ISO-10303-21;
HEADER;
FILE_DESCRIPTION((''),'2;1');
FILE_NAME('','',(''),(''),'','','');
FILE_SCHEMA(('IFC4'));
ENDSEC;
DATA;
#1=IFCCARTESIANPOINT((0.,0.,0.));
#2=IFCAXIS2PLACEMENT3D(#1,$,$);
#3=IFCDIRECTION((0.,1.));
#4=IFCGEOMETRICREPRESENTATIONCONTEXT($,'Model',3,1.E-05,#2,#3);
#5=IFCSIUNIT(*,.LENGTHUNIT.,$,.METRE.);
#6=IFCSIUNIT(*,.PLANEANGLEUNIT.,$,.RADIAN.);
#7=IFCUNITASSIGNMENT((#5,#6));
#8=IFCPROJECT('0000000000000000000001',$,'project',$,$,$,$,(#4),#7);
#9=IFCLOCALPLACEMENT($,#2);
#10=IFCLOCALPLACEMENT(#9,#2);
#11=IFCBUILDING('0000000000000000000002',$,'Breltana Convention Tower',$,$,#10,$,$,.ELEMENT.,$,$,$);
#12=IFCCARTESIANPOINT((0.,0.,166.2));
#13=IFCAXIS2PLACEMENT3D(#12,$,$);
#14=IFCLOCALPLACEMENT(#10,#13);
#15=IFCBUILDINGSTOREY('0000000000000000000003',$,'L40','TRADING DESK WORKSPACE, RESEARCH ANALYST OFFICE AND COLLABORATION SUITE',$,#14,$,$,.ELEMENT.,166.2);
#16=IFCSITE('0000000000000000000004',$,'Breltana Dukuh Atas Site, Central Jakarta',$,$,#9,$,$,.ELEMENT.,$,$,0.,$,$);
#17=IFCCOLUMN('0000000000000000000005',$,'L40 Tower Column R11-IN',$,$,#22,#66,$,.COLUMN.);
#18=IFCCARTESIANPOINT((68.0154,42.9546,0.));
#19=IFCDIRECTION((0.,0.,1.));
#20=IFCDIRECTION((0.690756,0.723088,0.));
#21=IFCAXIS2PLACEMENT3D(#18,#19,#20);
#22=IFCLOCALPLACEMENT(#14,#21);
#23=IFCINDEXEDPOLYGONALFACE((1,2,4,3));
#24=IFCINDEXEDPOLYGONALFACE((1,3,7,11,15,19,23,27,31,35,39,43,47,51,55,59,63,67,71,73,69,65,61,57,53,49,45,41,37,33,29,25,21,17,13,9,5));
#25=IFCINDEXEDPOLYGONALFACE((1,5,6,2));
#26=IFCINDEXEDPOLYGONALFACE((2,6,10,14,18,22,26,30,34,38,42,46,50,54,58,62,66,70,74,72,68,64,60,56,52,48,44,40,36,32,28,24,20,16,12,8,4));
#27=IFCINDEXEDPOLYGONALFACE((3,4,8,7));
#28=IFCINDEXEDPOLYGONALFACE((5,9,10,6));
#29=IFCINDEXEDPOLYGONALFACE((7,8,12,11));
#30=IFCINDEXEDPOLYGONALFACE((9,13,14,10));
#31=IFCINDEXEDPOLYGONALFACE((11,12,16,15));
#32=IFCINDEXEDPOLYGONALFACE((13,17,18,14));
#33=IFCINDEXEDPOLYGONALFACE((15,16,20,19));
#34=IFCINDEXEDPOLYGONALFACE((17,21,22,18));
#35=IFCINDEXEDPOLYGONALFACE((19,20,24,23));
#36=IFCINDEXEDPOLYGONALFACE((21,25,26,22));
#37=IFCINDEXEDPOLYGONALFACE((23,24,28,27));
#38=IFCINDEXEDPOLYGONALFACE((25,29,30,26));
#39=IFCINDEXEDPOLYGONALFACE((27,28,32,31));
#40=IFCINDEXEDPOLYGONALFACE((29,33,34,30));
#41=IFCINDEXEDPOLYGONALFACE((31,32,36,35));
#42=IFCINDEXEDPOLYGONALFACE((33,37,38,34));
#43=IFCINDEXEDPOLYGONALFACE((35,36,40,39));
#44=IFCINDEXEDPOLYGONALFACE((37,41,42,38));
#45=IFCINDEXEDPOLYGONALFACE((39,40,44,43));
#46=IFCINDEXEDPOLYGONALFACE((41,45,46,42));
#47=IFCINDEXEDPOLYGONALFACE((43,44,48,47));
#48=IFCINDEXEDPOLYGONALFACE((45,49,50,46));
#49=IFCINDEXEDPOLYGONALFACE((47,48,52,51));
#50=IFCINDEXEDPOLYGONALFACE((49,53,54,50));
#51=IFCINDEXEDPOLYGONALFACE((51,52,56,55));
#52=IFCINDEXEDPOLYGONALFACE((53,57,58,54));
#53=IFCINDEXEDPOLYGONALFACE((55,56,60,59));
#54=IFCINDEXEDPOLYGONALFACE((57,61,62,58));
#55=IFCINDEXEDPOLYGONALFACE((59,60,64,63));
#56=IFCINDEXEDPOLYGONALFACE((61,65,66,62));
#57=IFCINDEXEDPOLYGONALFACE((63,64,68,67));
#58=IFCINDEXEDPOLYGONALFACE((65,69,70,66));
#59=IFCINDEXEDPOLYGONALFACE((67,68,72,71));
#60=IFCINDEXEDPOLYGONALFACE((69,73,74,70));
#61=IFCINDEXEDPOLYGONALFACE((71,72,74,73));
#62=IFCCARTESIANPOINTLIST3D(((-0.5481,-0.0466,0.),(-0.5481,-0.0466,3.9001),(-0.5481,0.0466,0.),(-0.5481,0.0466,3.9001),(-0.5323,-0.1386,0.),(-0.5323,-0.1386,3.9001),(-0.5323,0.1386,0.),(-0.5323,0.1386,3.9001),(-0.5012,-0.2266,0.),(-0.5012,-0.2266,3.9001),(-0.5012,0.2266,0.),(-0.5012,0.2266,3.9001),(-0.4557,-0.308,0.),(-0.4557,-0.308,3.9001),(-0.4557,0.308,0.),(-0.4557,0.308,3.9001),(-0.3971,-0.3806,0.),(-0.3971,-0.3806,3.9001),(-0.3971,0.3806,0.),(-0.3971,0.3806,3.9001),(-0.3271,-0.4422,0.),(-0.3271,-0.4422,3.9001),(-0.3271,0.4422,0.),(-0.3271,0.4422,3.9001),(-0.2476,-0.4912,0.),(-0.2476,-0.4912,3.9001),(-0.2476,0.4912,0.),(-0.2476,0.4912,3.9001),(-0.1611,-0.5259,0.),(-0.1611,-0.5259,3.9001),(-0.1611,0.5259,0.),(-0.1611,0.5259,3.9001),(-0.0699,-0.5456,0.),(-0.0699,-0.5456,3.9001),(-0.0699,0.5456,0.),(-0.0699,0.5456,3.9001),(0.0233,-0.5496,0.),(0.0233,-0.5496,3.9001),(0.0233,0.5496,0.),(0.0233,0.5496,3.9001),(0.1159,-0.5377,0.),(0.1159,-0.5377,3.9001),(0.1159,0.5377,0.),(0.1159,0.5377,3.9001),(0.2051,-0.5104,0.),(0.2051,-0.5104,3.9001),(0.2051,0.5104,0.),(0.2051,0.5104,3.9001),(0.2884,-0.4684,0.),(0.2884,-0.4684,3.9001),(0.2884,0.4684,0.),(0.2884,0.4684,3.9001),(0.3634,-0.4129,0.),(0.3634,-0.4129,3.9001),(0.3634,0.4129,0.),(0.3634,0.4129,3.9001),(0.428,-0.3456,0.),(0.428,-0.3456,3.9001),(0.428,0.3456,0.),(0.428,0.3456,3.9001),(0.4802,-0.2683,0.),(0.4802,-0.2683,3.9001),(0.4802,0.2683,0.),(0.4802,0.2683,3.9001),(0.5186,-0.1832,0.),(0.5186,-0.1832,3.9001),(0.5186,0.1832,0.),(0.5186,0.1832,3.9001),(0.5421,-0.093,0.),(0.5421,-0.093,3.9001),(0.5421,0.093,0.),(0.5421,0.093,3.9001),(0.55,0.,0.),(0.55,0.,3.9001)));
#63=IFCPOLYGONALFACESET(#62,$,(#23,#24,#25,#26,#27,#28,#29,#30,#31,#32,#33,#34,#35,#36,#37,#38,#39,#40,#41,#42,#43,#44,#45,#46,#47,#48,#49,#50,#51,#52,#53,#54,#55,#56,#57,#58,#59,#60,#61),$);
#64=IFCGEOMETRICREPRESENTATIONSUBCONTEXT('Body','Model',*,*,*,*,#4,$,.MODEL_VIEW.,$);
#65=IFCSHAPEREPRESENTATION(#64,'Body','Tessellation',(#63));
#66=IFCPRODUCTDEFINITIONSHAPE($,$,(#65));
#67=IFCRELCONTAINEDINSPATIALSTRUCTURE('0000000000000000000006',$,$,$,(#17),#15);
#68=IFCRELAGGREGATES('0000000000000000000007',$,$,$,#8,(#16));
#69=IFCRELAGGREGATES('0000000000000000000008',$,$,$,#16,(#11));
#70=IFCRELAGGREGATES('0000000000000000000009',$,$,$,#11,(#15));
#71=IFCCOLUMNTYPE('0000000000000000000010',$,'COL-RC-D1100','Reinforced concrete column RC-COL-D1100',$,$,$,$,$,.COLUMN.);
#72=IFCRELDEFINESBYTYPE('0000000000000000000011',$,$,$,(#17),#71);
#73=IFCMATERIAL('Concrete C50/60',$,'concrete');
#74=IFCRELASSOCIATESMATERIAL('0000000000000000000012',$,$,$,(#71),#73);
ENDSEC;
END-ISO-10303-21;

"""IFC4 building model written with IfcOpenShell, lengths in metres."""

from ifc_helpers import new_model, si_unit, direction, frame, origin, origin_2d, place, context, subcontext, project, spatial, circle, extrude, source, transform, mapped, material, material_profile, profile_set, type_object, element, save


model = new_model("IFC4")

# Units and contexts
model_context = context("Model", 3, precision=1e-05, world=origin(), true_north=direction((0.0, 1.0)))
body_context = subcontext(model_context, "Body", "Model", "MODEL_VIEW")
ifc_project = project(units=[si_unit("LENGTHUNIT", "METRE"), si_unit("PLANEANGLEUNIT", "RADIAN")], contexts=[model_context])

# Site, building, storey
site_placement = place(None, origin())
site = spatial("IfcSite", under=ifc_project, at=site_placement, Name="Breltana Dukuh Atas Site, Central Jakarta", CompositionType="ELEMENT", RefElevation=0.0)
building_placement = place(site_placement, origin())
building = spatial("IfcBuilding", under=site, at=building_placement, Name="Breltana Convention Tower", CompositionType="ELEMENT")
storey_placement = place(building_placement, frame((0.0, 0.0, 166.2)))
storey = spatial("IfcBuildingStorey", under=building, at=storey_placement, Name="L40", Description="TRADING DESK WORKSPACE, RESEARCH ANALYST OFFICE AND COLLABORATION SUITE", CompositionType="ELEMENT", Elevation=166.2)

# Column
ifc_material_1 = material(Name="Concrete C50/60", Category="concrete")
ifc_material_profile_1 = material_profile(ifc_material_1, circle(Radius=0.55, at=origin_2d()), Name="RC-COL-D1100")
ifc_profile_set_1 = profile_set([ifc_material_profile_1], Name="Concrete C50/60")
column_type = type_object("IfcColumnType", Name="COL-RC-D1100", Description="Reinforced concrete column RC-COL-D1100", PredefinedType="COLUMN", material=ifc_profile_set_1)
shared_shape_1 = source(origin(), body_context, "Body", "SweptSolid", [
    extrude(circle(Radius=0.55, at=origin_2d()), origin(), (0.0, 0.0, 1.0), 3.9001),
])
column_placement = place(storey_placement, frame((68.0154, 42.9546, 0.0), z_axis=(0.0, 0.0, 1.0), x_axis=(0.690756, 0.723088, 0.0)))
element("IfcColumn", 1, at=column_placement, inside=storey, type_object=column_type, Name="L40 Tower Column R11-IN", PredefinedType="COLUMN", context=body_context, shape_type="MappedRepresentation", body=[
    mapped(shared_shape_1, transform((0.0, 0.0, 0.0), scale=1.0)),
])

save(model, "model.ifc")
